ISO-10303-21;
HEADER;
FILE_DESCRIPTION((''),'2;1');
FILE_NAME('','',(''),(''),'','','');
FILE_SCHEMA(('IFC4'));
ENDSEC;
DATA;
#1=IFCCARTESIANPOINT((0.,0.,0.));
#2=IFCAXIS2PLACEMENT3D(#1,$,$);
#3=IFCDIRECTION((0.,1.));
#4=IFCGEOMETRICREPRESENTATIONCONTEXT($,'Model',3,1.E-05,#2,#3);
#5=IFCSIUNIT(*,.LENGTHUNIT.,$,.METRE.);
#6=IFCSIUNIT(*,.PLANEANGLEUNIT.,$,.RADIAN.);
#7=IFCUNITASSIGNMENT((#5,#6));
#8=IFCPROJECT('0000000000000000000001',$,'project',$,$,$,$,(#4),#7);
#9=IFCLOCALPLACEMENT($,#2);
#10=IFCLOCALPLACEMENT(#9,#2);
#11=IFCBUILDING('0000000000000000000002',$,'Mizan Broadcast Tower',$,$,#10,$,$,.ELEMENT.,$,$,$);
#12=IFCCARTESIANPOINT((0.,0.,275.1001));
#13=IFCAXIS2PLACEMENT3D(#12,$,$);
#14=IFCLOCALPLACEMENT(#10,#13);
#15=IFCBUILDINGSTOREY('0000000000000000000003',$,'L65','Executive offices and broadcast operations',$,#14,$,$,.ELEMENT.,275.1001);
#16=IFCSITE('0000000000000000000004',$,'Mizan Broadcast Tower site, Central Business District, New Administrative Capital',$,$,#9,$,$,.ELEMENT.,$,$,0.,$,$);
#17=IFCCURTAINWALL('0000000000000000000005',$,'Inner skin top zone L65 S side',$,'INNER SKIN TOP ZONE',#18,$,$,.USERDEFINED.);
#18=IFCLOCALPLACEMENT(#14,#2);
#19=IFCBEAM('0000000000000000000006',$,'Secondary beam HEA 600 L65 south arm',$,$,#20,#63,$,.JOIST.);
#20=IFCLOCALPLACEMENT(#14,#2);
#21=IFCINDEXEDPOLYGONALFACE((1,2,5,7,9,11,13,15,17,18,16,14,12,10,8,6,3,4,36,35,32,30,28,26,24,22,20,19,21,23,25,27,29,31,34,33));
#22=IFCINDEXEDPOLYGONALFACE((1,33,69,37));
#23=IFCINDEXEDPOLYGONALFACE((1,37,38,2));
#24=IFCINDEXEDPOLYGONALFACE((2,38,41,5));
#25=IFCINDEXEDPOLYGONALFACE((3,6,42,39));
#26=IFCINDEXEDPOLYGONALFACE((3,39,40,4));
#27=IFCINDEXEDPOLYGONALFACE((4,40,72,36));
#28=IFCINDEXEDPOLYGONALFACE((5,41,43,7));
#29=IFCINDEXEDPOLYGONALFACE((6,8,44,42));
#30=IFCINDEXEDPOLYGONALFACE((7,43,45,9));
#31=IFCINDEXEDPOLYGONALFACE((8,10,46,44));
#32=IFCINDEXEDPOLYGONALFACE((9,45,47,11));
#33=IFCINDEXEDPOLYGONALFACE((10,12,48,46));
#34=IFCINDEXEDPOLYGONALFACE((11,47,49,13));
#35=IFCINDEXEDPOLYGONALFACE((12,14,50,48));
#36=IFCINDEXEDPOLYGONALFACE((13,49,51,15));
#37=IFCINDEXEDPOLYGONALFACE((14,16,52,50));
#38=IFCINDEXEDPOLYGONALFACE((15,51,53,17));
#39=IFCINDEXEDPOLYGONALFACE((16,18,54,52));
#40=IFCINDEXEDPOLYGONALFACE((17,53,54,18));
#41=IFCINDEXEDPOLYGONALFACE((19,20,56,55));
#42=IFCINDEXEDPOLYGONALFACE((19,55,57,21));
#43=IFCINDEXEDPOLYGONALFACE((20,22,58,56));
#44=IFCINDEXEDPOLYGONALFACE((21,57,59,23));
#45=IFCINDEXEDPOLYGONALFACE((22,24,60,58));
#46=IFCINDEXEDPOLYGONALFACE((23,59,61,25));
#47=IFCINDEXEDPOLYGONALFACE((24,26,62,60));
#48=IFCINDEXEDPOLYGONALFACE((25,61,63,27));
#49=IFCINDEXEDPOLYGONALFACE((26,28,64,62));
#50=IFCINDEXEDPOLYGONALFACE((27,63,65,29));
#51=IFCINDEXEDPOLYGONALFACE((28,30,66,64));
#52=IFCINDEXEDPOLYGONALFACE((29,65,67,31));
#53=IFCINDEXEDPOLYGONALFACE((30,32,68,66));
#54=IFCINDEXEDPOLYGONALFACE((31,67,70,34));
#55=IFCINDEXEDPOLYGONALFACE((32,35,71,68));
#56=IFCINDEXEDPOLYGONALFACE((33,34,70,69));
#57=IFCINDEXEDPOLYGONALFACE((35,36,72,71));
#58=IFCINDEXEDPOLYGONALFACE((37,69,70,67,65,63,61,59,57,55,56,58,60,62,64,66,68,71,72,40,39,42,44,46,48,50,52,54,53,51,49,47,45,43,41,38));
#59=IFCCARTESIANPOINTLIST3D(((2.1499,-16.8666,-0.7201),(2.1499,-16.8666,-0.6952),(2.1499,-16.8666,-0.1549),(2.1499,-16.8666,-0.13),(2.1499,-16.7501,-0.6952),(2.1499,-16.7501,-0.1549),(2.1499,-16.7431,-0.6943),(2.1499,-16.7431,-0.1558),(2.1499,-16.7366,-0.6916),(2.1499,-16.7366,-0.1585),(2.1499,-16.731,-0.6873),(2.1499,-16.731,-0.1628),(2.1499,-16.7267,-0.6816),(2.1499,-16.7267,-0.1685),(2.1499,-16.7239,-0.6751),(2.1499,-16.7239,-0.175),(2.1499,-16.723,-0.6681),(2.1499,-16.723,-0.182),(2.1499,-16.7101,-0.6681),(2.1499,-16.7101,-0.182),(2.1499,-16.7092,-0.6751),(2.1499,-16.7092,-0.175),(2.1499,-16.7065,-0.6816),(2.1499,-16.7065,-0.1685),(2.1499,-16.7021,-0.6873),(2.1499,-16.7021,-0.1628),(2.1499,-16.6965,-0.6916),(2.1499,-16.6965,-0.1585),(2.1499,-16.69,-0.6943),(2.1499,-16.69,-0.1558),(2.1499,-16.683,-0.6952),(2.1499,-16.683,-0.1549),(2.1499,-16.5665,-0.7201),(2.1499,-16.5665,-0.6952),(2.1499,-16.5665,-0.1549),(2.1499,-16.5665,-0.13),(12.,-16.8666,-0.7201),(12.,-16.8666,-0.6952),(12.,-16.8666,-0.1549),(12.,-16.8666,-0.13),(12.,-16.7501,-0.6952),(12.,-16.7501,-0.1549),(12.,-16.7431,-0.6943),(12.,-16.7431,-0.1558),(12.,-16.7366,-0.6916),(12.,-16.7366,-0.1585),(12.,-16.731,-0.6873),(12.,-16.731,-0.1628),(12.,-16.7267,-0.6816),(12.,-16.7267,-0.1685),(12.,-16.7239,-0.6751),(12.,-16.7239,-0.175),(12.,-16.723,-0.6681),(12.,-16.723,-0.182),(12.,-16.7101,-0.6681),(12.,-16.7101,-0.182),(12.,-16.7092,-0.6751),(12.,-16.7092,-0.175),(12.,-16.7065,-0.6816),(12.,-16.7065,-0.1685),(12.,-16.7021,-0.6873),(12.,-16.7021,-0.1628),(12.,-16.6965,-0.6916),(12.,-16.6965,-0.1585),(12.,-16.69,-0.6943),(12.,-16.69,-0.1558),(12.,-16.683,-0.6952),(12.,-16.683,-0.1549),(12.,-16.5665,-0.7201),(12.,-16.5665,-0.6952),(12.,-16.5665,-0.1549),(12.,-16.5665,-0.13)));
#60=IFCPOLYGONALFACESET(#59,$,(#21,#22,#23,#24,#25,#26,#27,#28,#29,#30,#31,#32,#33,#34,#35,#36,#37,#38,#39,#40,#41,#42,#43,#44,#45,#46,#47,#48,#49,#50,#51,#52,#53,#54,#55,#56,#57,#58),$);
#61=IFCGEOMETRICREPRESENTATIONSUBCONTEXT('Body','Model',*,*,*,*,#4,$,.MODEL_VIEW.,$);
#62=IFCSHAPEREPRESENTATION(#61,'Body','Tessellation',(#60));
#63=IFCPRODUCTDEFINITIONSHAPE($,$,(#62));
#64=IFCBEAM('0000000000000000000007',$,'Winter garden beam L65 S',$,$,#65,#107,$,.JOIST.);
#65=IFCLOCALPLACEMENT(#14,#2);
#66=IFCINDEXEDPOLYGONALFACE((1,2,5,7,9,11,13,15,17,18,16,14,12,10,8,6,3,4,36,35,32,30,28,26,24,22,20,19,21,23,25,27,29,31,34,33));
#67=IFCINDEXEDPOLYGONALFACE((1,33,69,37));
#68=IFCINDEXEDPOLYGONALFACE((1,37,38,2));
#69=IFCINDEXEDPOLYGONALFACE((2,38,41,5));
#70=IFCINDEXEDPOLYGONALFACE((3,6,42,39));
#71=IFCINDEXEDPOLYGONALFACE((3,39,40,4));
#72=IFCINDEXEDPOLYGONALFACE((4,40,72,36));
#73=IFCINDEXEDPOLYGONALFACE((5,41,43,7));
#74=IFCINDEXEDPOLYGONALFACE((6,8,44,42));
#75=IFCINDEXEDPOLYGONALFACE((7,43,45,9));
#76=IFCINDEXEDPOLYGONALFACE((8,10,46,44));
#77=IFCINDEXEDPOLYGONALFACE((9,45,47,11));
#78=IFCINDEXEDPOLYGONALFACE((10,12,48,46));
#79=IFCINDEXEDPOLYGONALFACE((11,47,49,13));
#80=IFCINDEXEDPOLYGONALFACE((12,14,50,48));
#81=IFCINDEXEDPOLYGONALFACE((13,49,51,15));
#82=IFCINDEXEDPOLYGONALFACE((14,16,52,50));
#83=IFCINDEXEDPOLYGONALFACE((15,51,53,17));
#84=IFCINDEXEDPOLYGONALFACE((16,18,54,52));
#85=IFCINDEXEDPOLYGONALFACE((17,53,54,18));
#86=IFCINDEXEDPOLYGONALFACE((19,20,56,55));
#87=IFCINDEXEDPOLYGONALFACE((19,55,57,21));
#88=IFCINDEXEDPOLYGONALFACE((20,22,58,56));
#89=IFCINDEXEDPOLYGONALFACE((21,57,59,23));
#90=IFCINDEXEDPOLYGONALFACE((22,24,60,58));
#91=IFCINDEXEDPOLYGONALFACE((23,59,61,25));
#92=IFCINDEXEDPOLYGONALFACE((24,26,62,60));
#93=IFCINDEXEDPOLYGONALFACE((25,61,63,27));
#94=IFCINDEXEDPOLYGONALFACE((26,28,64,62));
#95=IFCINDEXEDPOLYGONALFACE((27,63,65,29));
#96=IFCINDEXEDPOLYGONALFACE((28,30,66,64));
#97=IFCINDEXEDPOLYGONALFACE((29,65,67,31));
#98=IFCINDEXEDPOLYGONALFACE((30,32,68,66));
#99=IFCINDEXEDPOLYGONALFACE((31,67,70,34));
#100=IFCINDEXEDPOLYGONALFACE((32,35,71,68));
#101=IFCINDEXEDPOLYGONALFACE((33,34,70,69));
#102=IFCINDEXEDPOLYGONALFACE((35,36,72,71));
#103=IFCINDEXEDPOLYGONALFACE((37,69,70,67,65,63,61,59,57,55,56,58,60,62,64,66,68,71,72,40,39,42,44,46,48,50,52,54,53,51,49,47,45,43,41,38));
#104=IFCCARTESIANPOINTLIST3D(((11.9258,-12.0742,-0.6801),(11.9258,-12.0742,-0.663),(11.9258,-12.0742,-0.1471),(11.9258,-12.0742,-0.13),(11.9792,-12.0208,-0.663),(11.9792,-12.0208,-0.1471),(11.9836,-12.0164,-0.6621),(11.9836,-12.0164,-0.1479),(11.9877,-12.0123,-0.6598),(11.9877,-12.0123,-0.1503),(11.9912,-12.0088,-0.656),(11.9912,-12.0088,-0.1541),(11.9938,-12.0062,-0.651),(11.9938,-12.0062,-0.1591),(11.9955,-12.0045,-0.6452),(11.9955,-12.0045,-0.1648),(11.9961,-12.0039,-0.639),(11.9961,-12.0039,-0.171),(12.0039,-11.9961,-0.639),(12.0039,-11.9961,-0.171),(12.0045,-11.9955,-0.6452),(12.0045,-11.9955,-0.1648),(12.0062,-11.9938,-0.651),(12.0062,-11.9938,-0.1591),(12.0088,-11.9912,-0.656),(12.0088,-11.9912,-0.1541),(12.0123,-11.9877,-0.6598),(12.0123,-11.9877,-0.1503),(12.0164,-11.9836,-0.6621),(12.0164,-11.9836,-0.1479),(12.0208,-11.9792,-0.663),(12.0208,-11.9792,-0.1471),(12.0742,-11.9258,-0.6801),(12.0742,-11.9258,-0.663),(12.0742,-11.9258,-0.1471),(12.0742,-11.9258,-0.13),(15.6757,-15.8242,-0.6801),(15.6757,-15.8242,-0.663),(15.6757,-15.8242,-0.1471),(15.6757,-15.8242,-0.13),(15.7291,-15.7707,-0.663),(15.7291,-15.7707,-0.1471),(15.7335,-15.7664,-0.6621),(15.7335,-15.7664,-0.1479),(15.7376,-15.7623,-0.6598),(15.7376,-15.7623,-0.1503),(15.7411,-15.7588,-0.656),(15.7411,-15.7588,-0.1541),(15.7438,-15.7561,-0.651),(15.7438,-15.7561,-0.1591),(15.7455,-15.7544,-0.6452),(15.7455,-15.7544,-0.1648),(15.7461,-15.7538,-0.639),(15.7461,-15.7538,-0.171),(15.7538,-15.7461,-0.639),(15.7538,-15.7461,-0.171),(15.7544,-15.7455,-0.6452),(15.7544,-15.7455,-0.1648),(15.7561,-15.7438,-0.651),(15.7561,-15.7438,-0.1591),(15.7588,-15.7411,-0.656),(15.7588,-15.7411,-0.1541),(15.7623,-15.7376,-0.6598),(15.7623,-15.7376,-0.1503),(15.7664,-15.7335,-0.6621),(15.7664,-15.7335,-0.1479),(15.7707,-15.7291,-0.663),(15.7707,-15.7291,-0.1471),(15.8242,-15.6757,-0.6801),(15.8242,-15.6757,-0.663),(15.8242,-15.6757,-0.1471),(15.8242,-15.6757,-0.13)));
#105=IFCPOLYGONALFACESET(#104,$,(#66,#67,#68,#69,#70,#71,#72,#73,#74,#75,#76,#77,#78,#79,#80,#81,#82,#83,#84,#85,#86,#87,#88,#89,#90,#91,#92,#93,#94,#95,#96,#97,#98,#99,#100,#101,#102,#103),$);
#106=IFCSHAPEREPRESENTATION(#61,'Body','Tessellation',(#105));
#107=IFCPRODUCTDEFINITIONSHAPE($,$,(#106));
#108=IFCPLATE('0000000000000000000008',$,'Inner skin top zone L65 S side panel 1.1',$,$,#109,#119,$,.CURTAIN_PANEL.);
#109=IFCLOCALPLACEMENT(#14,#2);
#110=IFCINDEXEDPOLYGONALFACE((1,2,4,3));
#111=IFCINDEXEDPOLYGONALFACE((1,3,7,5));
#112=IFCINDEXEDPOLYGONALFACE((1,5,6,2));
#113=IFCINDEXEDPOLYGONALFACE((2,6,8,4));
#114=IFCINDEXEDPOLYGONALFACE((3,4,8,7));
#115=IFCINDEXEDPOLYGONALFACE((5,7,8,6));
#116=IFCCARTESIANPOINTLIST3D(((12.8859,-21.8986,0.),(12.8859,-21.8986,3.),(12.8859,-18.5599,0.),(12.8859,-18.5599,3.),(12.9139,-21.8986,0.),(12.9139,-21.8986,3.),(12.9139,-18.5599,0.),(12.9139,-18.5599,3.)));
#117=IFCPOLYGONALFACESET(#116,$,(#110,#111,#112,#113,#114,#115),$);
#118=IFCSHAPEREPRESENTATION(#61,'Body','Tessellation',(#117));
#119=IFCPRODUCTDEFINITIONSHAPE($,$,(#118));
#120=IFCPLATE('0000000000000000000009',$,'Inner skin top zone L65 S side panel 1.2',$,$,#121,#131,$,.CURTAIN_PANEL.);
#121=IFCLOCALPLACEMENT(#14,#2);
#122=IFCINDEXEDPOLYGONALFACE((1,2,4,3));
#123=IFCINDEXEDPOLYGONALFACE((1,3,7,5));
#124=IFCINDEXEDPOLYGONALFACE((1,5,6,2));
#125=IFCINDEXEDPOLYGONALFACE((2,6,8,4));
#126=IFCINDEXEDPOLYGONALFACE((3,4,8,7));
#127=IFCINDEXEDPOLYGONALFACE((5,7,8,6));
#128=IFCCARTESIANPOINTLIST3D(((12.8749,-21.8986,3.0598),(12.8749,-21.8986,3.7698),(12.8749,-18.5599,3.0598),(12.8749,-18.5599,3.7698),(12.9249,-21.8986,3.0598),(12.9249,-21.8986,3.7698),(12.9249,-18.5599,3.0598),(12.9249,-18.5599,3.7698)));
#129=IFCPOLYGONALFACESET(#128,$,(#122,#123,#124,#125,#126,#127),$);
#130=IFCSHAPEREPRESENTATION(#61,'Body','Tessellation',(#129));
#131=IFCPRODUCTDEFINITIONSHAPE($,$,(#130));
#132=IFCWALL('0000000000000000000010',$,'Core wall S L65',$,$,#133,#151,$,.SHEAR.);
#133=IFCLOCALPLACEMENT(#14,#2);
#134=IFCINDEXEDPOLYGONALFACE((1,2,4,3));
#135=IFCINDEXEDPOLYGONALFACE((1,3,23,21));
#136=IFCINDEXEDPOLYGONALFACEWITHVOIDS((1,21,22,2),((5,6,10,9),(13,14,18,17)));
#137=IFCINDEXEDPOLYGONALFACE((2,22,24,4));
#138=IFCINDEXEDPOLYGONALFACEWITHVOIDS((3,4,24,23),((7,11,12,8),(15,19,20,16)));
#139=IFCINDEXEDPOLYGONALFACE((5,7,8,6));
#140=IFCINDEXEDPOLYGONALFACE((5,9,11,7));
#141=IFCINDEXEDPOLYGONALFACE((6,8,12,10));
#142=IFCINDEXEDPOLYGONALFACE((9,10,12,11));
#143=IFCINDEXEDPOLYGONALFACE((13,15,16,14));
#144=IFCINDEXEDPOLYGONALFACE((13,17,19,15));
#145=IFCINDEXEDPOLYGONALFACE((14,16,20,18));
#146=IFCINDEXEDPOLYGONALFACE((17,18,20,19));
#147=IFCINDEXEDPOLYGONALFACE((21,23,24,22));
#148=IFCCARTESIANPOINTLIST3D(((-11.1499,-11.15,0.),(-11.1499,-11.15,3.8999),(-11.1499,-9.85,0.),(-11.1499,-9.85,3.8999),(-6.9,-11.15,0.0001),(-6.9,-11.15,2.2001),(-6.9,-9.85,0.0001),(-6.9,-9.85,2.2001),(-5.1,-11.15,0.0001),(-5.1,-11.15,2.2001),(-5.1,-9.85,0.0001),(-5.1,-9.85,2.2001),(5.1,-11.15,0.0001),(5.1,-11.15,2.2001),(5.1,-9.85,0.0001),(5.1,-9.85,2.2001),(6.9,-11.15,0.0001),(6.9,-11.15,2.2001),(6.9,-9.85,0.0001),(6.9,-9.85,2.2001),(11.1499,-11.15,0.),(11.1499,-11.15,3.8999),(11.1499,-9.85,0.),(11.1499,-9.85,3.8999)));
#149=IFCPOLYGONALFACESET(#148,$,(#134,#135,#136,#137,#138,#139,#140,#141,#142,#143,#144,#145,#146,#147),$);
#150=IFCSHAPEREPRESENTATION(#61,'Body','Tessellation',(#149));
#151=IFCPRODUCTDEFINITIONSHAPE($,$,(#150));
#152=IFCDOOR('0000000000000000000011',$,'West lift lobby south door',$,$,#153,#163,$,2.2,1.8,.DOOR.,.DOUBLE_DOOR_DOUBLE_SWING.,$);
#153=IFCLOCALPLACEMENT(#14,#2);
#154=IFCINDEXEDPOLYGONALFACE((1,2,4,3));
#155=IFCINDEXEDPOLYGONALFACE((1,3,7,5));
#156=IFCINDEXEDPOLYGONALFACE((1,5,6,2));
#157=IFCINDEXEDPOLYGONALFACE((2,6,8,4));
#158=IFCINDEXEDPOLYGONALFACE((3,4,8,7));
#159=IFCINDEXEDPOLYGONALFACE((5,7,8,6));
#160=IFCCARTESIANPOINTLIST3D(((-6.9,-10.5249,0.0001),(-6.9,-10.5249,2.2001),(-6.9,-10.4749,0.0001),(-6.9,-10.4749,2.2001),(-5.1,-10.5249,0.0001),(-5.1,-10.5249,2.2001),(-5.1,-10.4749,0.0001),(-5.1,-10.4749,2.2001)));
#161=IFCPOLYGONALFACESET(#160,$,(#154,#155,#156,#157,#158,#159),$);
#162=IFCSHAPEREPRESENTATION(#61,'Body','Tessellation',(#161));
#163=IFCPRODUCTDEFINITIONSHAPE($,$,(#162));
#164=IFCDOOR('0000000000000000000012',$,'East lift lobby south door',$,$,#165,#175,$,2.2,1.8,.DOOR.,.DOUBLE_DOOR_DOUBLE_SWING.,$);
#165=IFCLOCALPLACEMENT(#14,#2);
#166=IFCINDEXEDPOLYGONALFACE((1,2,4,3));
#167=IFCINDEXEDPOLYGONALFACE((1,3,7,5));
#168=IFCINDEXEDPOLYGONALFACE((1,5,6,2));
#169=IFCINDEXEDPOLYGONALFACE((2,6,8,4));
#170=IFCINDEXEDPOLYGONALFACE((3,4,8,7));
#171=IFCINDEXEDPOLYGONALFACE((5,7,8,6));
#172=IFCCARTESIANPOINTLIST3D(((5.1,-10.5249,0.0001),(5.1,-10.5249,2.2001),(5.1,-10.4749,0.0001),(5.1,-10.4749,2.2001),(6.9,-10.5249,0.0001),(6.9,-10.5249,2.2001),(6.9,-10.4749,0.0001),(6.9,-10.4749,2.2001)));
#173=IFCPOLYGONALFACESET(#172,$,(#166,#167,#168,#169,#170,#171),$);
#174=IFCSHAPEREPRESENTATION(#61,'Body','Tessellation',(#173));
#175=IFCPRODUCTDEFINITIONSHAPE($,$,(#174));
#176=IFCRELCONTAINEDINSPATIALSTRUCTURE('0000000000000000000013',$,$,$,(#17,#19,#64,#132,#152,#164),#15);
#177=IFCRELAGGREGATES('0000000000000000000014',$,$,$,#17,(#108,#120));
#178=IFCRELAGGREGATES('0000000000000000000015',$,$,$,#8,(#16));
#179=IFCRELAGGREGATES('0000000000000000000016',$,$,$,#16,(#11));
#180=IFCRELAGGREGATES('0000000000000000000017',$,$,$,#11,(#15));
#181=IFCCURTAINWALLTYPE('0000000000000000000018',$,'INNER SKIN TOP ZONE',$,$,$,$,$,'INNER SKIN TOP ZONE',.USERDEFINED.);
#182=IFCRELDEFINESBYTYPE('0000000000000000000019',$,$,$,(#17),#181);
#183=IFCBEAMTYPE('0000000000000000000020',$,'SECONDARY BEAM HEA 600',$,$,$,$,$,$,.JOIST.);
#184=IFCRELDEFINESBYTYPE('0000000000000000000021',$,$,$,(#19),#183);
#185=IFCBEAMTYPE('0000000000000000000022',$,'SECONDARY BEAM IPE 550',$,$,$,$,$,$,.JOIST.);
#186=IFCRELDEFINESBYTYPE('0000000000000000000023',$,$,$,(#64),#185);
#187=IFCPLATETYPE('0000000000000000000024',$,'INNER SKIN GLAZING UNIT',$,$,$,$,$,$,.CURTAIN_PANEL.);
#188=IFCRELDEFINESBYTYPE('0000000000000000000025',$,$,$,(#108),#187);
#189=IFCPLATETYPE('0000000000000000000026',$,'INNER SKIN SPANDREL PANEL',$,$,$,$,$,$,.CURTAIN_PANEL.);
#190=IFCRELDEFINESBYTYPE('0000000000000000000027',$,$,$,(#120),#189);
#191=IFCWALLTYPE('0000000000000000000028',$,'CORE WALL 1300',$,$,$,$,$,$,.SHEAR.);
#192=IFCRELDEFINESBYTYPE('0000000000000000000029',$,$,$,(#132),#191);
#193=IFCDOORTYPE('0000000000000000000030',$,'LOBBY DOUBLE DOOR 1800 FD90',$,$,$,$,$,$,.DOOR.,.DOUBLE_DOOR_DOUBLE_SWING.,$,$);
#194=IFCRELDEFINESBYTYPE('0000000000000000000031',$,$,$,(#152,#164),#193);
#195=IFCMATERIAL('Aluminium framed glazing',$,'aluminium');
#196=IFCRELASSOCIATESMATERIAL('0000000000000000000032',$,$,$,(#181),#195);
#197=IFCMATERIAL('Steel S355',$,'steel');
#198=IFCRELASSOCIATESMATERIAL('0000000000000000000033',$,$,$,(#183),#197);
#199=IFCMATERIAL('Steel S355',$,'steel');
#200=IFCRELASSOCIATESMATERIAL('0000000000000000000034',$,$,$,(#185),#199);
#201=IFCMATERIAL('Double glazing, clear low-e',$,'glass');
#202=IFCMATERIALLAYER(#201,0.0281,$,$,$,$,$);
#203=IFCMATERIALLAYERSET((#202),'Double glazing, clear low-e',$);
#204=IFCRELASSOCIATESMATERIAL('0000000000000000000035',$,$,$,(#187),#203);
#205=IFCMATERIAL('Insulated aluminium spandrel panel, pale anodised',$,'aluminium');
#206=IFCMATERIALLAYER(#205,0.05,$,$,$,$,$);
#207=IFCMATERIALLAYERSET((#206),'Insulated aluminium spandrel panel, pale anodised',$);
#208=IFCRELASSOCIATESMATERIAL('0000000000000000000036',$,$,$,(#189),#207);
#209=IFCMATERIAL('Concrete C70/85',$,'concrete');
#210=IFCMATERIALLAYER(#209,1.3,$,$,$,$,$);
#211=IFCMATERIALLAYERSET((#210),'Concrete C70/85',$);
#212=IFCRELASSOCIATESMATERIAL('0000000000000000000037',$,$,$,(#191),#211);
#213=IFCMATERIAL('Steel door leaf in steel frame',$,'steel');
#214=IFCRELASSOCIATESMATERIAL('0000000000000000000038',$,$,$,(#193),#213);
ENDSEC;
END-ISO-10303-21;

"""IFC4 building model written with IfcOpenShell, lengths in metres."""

from ifc_helpers import new_model, si_unit, direction, frame, frame_2d, origin, origin_2d, place, context, subcontext, project, spatial, rectangle, i_section, extrude, material, layer, layer_set, material_profile, profile_set, type_object, element, fill, aggregate, save


model = new_model("IFC4")

# Units and contexts
model_context = context("Model", 3, precision=1e-05, world=origin(), true_north=direction((0.0, 1.0)))
body_context = subcontext(model_context, "Body", "Model", "MODEL_VIEW")
ifc_project = project(units=[si_unit("LENGTHUNIT", "METRE"), si_unit("PLANEANGLEUNIT", "RADIAN")], contexts=[model_context])

# Site, building, storey
site_placement = place(None, origin())
site = spatial("IfcSite", under=ifc_project, at=site_placement, Name="Mizan Broadcast Tower site, Central Business District, New Administrative Capital", CompositionType="ELEMENT", RefElevation=0.0)
building_placement = place(site_placement, origin())
building = spatial("IfcBuilding", under=site, at=building_placement, Name="Mizan Broadcast Tower", CompositionType="ELEMENT")
storey_placement = place(building_placement, frame((0.0, 0.0, 275.1001)))
storey = spatial("IfcBuildingStorey", under=building, at=storey_placement, Name="L65", Description="Executive offices and broadcast operations", CompositionType="ELEMENT", Elevation=275.1001)

# Curtain wall
ifc_material_1 = material(Name="Aluminium framed glazing", Category="aluminium")
curtain_wall_type = type_object("IfcCurtainWallType", Name="INNER SKIN TOP ZONE", ElementType="INNER SKIN TOP ZONE", PredefinedType="USERDEFINED", material=ifc_material_1)
curtain_wall_placement = place(storey_placement, origin())
curtain_wall = element("IfcCurtainWall", 1, at=curtain_wall_placement, inside=storey, type_object=curtain_wall_type, Name="Inner skin top zone L65 S side", ObjectType="INNER SKIN TOP ZONE", PredefinedType="USERDEFINED")

# Beams
ifc_material_2 = material(Name="Steel S355", Category="steel")
ifc_material_profile_1 = material_profile(ifc_material_2, i_section(OverallWidth=0.3, OverallDepth=0.5901, WebThickness=0.0129, FlangeThickness=0.0249, FilletRadius=0.0271, at=origin_2d()), Name="HEA 600")
ifc_profile_set_1 = profile_set([ifc_material_profile_1], Name="Steel S355")
beam_type_1 = type_object("IfcBeamType", Name="SECONDARY BEAM HEA 600", PredefinedType="JOIST", material=ifc_profile_set_1)
for number, where, z_axis, x_axis, name in (
    (2, (12.0, -16.7166, -0.425), (-1.0, 0.0, 0.0), (0.0, -1.0, 0.0), "Secondary beam HEA 600 L65 south arm"),
):
    element("IfcBeam", number, at=place(storey_placement, frame(where, z_axis=z_axis, x_axis=x_axis)), inside=storey, type_object=beam_type_1, Name=name, PredefinedType="JOIST", context=body_context, shape_type="SweptSolid", body=[
        extrude(i_section(OverallWidth=0.3, OverallDepth=0.5901, WebThickness=0.0129, FlangeThickness=0.0249, FilletRadius=0.0271, at=origin_2d()), origin(), (0.0, 0.0, 1.0), 9.8501),
    ])
ifc_material_3 = material(Name="Steel S355", Category="steel")
ifc_material_profile_2 = material_profile(ifc_material_3, i_section(OverallWidth=0.21, OverallDepth=0.55, WebThickness=0.011, FlangeThickness=0.0171, FilletRadius=0.0239, at=origin_2d()), Name="IPE 550")
ifc_profile_set_2 = profile_set([ifc_material_profile_2], Name="Steel S355")
beam_type_2 = type_object("IfcBeamType", Name="SECONDARY BEAM IPE 550", PredefinedType="JOIST", material=ifc_profile_set_2)
beam_1_placement = place(storey_placement, frame((12.0, -12.0, -0.405), z_axis=(0.707107, -0.707107, 0.0), x_axis=(0.707107, 0.707107, 0.0)))
element("IfcBeam", 3, at=beam_1_placement, inside=storey, type_object=beam_type_2, Name="Winter garden beam L65 S", PredefinedType="JOIST", context=body_context, shape_type="SweptSolid", body=[
    extrude(i_section(OverallWidth=0.21, OverallDepth=0.55, WebThickness=0.011, FlangeThickness=0.0171, FilletRadius=0.0239, at=origin_2d()), origin(), (0.0, 0.0, 1.0), 5.3032),
])

# Plates
ifc_material_4 = material(Name="Double glazing, clear low-e", Category="glass")
ifc_layer_1 = layer(ifc_material_4, 0.0281)
ifc_layer_set_1 = layer_set([ifc_layer_1], Name="Double glazing, clear low-e")
plate_type_1 = type_object("IfcPlateType", Name="INNER SKIN GLAZING UNIT", PredefinedType="CURTAIN_PANEL", material=ifc_layer_set_1)
plate_1_placement = place(storey_placement, frame((12.8999, -20.2292, 0.0), z_axis=(0.0, 0.0, 1.0), x_axis=(0.0, 1.0, 0.0)))
plate_1 = element("IfcPlate", 4, at=plate_1_placement, type_object=plate_type_1, Name="Inner skin top zone L65 S side panel 1.1", PredefinedType="CURTAIN_PANEL", context=body_context, shape_type="SweptSolid", body=[
    extrude(rectangle(XDim=3.3386, YDim=0.0281, at=origin_2d()), origin(), (0.0, 0.0, 1.0), 3.0),
])
ifc_material_5 = material(Name="Insulated aluminium spandrel panel, pale anodised", Category="aluminium")
ifc_layer_2 = layer(ifc_material_5, 0.05)
ifc_layer_set_2 = layer_set([ifc_layer_2], Name="Insulated aluminium spandrel panel, pale anodised")
plate_type_2 = type_object("IfcPlateType", Name="INNER SKIN SPANDREL PANEL", PredefinedType="CURTAIN_PANEL", material=ifc_layer_set_2)
plate_2_placement = place(storey_placement, frame((12.8999, -20.2292, 3.0598), z_axis=(0.0, 0.0, 1.0), x_axis=(0.0, 1.0, 0.0)))
plate_2 = element("IfcPlate", 5, at=plate_2_placement, type_object=plate_type_2, Name="Inner skin top zone L65 S side panel 1.2", PredefinedType="CURTAIN_PANEL", context=body_context, shape_type="SweptSolid", body=[
    extrude(rectangle(XDim=3.3386, YDim=0.05, at=origin_2d()), origin(), (0.0, 0.0, 1.0), 0.71),
])
aggregate(curtain_wall, [plate_1, plate_2])

# Wall, openings, doors
ifc_material_6 = material(Name="Concrete C70/85", Category="concrete")
ifc_layer_3 = layer(ifc_material_6, 1.3)
ifc_layer_set_3 = layer_set([ifc_layer_3], Name="Concrete C70/85")
wall_type_1 = type_object("IfcWallType", Name="CORE WALL 1300", PredefinedType="SHEAR", material=ifc_layer_set_3)
wall_1_placement = place(storey_placement, frame((11.1499, -10.5, 0.0), z_axis=(0.0, 0.0, 1.0), x_axis=(-1.0, 0.0, 0.0)))
wall_1 = element("IfcWall", 6, at=wall_1_placement, inside=storey, type_object=wall_type_1, Name="Core wall S L65", PredefinedType="SHEAR", context=body_context, shape_type="SweptSolid", body=[
    extrude(rectangle(XDim=22.2998, YDim=1.3, at=frame_2d((11.1499, 0.0))), origin(), (0.0, 0.0, 1.0), 3.8999),
])
opening_1_placement = place(wall_1_placement, frame((16.25, 0.0, 0.0)))
opening_1 = element("IfcOpeningElement", 7, at=opening_1_placement, cuts=wall_1, PredefinedType="OPENING", context=body_context, shape_type="SweptSolid", body=[
    extrude(rectangle(XDim=1.8, YDim=2.2, at=frame_2d((0.8999, 1.1001))), frame((0.0, 0.6599, 0.0), z_axis=(0.0, -1.0, 0.0), x_axis=(1.0, 0.0, 0.0)), (0.0, 0.0, 1.0), 1.3201),
])
opening_2_placement = place(wall_1_placement, frame((4.25, 0.0, 0.0)))
opening_2 = element("IfcOpeningElement", 8, at=opening_2_placement, cuts=wall_1, PredefinedType="OPENING", context=body_context, shape_type="SweptSolid", body=[
    extrude(rectangle(XDim=1.8, YDim=2.2, at=frame_2d((0.8999, 1.1001))), frame((0.0, 0.6599, 0.0), z_axis=(0.0, -1.0, 0.0), x_axis=(1.0, 0.0, 0.0)), (0.0, 0.0, 1.0), 1.3201),
])
ifc_material_7 = material(Name="Steel door leaf in steel frame", Category="steel")
door_type_1 = type_object("IfcDoorType", Name="LOBBY DOUBLE DOOR 1800 FD90", OperationType="DOUBLE_DOOR_DOUBLE_SWING", PredefinedType="DOOR", material=ifc_material_7)
door_1_placement = place(opening_1_placement, origin())
door_1 = element("IfcDoor", 9, at=door_1_placement, inside=storey, type_object=door_type_1, Name="West lift lobby south door", OperationType="DOUBLE_DOOR_DOUBLE_SWING", OverallHeight=2.2, OverallWidth=1.8, PredefinedType="DOOR", context=body_context, shape_type="SweptSolid", body=[
    extrude(rectangle(XDim=1.8, YDim=2.2, at=frame_2d((0.8999, 1.1001))), frame((0.0, 0.0249, 0.0), z_axis=(0.0, -1.0, 0.0), x_axis=(1.0, 0.0, 0.0)), (0.0, 0.0, 1.0), 0.05),
])
fill(opening_1, door_1)
door_2_placement = place(opening_2_placement, origin())
door_2 = element("IfcDoor", 10, at=door_2_placement, inside=storey, type_object=door_type_1, Name="East lift lobby south door", OperationType="DOUBLE_DOOR_DOUBLE_SWING", OverallHeight=2.2, OverallWidth=1.8, PredefinedType="DOOR", context=body_context, shape_type="SweptSolid", body=[
    extrude(rectangle(XDim=1.8, YDim=2.2, at=frame_2d((0.8999, 1.1001))), frame((0.0, 0.0249, 0.0), z_axis=(0.0, -1.0, 0.0), x_axis=(1.0, 0.0, 0.0)), (0.0, 0.0, 1.0), 0.05),
])
fill(opening_2, door_2)

save(model, "model.ifc")
